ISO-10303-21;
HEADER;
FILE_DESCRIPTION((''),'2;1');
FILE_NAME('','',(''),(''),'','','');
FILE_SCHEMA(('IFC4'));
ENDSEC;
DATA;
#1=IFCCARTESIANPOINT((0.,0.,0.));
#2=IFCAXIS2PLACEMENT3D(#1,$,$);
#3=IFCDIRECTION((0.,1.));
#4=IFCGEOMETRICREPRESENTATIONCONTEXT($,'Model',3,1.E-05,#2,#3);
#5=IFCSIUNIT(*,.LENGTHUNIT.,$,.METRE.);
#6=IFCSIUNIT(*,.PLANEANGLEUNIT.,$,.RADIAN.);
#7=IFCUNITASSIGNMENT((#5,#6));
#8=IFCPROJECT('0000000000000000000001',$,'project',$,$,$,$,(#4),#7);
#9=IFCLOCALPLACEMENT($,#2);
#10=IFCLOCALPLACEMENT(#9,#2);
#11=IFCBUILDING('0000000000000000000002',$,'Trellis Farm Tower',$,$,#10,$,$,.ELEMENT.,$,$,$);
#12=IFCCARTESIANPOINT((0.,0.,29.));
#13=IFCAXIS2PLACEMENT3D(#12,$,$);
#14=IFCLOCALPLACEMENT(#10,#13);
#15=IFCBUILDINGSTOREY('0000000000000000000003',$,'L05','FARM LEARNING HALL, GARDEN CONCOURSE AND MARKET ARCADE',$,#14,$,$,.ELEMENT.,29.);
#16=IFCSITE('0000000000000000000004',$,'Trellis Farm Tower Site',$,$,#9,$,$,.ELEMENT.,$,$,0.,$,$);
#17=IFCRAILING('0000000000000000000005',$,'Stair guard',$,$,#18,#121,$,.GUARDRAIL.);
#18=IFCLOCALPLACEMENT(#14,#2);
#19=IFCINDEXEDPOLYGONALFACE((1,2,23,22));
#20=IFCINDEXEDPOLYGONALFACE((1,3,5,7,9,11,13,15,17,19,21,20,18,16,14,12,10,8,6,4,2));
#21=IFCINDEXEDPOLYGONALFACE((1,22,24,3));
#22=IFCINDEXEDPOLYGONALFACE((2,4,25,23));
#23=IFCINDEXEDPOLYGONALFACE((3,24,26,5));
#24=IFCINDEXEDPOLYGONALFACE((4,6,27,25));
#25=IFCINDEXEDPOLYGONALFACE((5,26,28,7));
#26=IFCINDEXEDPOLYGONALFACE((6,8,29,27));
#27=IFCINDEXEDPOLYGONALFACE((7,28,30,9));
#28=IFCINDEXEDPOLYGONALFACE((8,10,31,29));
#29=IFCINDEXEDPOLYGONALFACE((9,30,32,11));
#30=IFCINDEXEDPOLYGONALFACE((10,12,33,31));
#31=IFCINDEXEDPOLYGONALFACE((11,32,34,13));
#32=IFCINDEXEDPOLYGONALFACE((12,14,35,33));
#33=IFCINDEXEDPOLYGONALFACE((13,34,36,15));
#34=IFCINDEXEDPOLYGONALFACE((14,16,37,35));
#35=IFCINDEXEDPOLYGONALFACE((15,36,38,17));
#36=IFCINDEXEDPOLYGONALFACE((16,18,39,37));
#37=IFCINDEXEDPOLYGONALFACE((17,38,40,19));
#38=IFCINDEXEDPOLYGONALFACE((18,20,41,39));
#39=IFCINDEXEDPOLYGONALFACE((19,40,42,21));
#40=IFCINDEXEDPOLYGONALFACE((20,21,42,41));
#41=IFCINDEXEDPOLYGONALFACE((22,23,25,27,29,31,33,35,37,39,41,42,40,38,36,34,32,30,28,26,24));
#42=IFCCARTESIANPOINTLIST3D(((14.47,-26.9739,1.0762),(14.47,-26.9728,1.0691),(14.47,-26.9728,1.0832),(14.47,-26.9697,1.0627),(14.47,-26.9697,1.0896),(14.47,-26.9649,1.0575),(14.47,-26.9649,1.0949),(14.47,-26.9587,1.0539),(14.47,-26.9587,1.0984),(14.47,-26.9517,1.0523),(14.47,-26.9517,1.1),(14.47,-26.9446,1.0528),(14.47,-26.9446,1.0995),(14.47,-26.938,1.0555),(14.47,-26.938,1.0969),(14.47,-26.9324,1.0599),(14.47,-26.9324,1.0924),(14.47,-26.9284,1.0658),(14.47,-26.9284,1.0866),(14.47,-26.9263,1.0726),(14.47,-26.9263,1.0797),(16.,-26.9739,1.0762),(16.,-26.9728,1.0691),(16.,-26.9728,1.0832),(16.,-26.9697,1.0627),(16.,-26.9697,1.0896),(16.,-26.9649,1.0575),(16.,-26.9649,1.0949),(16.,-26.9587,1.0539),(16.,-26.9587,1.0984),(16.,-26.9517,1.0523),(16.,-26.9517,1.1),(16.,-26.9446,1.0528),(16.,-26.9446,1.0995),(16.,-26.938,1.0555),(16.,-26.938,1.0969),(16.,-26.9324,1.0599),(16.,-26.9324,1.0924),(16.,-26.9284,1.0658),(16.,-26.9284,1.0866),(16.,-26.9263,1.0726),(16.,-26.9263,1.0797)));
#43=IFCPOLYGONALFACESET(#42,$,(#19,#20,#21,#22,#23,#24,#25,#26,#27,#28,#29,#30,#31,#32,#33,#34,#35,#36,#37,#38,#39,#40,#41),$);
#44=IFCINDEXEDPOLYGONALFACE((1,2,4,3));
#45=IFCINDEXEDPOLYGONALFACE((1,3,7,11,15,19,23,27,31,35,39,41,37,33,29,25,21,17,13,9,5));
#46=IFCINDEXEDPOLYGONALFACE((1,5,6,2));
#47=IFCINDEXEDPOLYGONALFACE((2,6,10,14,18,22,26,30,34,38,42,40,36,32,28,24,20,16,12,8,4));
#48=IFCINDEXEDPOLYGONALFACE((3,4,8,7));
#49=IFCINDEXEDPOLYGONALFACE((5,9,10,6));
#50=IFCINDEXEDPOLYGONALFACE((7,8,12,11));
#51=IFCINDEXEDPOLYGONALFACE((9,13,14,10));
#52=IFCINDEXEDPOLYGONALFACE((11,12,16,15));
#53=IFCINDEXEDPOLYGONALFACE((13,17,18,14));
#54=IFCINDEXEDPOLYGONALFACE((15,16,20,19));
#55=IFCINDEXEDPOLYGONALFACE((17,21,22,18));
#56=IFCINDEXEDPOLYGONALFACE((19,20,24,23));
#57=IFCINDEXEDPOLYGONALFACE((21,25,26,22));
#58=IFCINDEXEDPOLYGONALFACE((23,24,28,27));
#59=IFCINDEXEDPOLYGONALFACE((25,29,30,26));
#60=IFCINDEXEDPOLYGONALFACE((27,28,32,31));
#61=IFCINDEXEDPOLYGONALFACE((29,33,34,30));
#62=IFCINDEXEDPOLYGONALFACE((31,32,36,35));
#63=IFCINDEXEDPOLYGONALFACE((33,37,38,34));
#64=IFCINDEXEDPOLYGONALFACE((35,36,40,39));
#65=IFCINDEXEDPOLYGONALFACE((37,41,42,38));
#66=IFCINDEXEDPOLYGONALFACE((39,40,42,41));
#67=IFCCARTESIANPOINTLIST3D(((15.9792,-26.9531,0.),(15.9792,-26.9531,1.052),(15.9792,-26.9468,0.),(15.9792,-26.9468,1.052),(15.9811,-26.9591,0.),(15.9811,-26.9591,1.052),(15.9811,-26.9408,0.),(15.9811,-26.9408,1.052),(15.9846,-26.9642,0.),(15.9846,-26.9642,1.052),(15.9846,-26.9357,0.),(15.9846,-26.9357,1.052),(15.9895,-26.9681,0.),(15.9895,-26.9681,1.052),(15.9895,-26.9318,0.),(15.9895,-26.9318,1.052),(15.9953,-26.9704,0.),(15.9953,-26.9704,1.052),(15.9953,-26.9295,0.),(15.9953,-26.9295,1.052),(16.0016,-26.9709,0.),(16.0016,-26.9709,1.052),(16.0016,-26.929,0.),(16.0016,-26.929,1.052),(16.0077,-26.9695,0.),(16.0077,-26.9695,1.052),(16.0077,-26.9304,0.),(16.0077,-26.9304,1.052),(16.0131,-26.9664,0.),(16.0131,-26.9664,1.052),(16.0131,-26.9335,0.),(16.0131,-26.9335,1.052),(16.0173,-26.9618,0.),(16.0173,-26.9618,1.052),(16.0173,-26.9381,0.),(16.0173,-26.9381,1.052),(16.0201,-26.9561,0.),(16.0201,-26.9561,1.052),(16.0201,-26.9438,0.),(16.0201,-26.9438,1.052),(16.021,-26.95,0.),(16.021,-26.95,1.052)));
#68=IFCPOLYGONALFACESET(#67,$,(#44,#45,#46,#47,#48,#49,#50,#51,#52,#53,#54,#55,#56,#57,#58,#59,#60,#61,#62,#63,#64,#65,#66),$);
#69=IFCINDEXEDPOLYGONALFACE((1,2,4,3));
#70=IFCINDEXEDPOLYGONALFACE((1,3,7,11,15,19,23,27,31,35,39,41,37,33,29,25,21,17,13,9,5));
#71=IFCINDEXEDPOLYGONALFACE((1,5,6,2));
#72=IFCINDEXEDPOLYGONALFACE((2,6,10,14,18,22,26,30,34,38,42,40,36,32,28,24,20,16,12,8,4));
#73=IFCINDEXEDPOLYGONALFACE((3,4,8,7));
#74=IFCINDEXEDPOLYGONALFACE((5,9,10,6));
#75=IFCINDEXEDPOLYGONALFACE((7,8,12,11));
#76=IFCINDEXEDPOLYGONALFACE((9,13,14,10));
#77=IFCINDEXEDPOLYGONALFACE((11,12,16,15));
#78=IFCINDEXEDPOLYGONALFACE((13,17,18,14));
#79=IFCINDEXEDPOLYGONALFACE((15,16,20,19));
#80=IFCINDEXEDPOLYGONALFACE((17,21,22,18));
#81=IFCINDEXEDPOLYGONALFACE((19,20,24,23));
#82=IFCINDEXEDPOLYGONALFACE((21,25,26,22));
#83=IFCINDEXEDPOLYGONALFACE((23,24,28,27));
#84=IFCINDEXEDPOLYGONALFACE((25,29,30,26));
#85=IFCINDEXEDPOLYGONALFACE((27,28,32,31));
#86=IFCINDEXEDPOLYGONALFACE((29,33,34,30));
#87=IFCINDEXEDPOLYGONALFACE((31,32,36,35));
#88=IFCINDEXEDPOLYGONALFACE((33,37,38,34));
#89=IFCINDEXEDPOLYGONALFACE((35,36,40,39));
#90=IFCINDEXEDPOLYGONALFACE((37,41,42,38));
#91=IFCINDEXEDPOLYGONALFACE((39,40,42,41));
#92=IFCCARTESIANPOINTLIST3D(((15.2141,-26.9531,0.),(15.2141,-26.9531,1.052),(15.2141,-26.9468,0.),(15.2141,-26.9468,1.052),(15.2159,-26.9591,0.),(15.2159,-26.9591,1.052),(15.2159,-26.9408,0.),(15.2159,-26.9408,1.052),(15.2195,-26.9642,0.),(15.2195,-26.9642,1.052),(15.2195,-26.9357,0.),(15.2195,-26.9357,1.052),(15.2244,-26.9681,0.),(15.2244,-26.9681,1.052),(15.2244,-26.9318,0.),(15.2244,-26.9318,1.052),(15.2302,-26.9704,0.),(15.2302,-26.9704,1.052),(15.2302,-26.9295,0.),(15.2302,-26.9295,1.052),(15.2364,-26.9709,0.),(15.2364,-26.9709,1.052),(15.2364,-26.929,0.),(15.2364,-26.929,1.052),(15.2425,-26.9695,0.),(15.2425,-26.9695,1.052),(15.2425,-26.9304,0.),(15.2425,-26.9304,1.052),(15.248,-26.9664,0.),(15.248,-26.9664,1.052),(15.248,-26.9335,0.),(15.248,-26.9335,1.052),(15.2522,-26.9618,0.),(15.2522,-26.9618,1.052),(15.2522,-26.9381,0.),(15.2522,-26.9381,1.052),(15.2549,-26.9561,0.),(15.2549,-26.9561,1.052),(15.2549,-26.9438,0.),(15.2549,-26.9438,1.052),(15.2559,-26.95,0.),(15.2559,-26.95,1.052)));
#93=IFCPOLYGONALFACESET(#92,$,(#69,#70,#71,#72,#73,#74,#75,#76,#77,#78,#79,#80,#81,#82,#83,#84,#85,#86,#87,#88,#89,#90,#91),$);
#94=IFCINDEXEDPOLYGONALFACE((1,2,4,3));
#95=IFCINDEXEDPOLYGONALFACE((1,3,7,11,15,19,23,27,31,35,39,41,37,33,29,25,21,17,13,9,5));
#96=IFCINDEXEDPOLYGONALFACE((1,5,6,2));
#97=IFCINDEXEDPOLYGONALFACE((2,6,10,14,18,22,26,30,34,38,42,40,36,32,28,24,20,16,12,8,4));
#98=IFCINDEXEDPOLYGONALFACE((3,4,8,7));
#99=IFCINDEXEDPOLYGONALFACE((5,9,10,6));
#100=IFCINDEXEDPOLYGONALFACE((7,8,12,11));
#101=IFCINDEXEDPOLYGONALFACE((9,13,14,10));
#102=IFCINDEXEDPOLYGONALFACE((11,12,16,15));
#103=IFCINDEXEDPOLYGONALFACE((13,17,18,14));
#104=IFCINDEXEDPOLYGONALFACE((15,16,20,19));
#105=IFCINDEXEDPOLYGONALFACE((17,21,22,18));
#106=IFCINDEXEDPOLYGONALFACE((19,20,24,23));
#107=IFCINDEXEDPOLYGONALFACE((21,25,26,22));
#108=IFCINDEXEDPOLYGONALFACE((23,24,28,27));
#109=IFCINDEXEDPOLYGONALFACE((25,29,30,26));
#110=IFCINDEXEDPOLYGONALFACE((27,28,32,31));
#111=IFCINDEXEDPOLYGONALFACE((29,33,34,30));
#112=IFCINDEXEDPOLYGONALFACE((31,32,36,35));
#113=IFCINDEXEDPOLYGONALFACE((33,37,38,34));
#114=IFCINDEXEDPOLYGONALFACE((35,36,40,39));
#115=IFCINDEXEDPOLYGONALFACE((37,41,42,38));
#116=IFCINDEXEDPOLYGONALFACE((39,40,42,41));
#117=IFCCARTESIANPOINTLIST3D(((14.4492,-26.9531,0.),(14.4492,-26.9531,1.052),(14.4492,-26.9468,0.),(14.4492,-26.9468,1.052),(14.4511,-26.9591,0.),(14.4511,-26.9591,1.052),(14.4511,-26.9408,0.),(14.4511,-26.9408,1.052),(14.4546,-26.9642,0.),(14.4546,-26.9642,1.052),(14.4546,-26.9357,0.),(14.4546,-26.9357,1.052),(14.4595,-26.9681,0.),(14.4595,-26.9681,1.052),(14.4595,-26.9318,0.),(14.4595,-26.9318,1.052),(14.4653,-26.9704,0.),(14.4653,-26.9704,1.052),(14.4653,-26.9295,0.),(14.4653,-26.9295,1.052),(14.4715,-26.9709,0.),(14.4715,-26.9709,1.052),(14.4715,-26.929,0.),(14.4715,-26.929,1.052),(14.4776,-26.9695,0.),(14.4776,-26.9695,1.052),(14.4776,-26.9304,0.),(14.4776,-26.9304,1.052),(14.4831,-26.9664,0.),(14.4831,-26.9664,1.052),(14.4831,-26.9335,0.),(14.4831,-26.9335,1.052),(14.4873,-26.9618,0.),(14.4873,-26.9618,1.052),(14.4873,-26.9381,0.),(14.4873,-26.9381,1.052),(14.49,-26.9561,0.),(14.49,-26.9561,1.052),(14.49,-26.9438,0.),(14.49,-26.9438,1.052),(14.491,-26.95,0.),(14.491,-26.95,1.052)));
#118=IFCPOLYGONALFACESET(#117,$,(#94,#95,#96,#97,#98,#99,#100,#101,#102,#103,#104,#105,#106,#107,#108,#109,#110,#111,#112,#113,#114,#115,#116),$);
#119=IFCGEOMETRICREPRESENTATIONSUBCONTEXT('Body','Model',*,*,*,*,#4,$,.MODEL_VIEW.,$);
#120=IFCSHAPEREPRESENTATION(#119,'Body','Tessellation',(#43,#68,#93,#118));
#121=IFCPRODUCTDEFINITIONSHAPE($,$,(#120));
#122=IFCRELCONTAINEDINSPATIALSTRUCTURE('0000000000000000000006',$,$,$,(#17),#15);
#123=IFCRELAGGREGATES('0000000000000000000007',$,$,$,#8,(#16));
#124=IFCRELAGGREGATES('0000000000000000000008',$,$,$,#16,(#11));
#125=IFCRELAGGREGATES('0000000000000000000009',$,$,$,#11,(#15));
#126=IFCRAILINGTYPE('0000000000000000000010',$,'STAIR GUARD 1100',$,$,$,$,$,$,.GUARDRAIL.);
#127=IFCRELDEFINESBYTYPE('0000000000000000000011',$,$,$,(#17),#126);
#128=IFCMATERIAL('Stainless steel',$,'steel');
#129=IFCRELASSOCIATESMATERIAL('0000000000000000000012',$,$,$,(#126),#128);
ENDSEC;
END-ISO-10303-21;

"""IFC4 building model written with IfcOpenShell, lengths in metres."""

from ifc_helpers import new_model, si_unit, direction, frame, origin, origin_2d, place, context, subcontext, project, spatial, circle, extrude, source, transform, mapped, material, type_object, element, save


model = new_model("IFC4")

# Units and contexts
model_context = context("Model", 3, precision=1e-05, world=origin(), true_north=direction((0.0, 1.0)))
body_context = subcontext(model_context, "Body", "Model", "MODEL_VIEW")
ifc_project = project(units=[si_unit("LENGTHUNIT", "METRE"), si_unit("PLANEANGLEUNIT", "RADIAN")], contexts=[model_context])

# Site, building, storey
site_placement = place(None, origin())
site = spatial("IfcSite", under=ifc_project, at=site_placement, Name="Trellis Farm Tower Site", CompositionType="ELEMENT", RefElevation=0.0)
building_placement = place(site_placement, origin())
building = spatial("IfcBuilding", under=site, at=building_placement, Name="Trellis Farm Tower", CompositionType="ELEMENT")
storey_placement = place(building_placement, frame((0.0, 0.0, 29.0)))
storey = spatial("IfcBuildingStorey", under=building, at=storey_placement, Name="L05", Description="FARM LEARNING HALL, GARDEN CONCOURSE AND MARKET ARCADE", CompositionType="ELEMENT", Elevation=29.0)

# Railing
ifc_material_1 = material(Name="Stainless steel", Category="steel")
railing_type = type_object("IfcRailingType", Name="STAIR GUARD 1100", PredefinedType="GUARDRAIL", material=ifc_material_1)
shared_shape_1 = source(origin(), body_context, "Body", "SweptSolid", [
    extrude(circle(Radius=0.0239, at=origin_2d()), frame((0.0, 0.0, 1.0762), z_axis=(-1.0, 0.0, 0.0), x_axis=(0.0, -1.0, 0.0)), (0.0, 0.0, 1.0), 1.53),
    extrude(circle(Radius=0.021, at=origin_2d()), origin(), (0.0, 0.0, 1.0), 1.052),
    extrude(circle(Radius=0.021, at=origin_2d()), frame((-0.7651, 0.0, 0.0)), (0.0, 0.0, 1.0), 1.052),
    extrude(circle(Radius=0.021, at=origin_2d()), frame((-1.53, 0.0, 0.0)), (0.0, 0.0, 1.0), 1.052),
])
for number, where, name in (
    (1, (16.0, -26.95, 0.0), "Stair guard"),
):
    element("IfcRailing", number, at=place(storey_placement, frame(where)), inside=storey, type_object=railing_type, Name=name, PredefinedType="GUARDRAIL", context=body_context, shape_type="MappedRepresentation", body=[
        mapped(shared_shape_1, transform((0.0, 0.0, 0.0))),
    ])

save(model, "model.ifc")
